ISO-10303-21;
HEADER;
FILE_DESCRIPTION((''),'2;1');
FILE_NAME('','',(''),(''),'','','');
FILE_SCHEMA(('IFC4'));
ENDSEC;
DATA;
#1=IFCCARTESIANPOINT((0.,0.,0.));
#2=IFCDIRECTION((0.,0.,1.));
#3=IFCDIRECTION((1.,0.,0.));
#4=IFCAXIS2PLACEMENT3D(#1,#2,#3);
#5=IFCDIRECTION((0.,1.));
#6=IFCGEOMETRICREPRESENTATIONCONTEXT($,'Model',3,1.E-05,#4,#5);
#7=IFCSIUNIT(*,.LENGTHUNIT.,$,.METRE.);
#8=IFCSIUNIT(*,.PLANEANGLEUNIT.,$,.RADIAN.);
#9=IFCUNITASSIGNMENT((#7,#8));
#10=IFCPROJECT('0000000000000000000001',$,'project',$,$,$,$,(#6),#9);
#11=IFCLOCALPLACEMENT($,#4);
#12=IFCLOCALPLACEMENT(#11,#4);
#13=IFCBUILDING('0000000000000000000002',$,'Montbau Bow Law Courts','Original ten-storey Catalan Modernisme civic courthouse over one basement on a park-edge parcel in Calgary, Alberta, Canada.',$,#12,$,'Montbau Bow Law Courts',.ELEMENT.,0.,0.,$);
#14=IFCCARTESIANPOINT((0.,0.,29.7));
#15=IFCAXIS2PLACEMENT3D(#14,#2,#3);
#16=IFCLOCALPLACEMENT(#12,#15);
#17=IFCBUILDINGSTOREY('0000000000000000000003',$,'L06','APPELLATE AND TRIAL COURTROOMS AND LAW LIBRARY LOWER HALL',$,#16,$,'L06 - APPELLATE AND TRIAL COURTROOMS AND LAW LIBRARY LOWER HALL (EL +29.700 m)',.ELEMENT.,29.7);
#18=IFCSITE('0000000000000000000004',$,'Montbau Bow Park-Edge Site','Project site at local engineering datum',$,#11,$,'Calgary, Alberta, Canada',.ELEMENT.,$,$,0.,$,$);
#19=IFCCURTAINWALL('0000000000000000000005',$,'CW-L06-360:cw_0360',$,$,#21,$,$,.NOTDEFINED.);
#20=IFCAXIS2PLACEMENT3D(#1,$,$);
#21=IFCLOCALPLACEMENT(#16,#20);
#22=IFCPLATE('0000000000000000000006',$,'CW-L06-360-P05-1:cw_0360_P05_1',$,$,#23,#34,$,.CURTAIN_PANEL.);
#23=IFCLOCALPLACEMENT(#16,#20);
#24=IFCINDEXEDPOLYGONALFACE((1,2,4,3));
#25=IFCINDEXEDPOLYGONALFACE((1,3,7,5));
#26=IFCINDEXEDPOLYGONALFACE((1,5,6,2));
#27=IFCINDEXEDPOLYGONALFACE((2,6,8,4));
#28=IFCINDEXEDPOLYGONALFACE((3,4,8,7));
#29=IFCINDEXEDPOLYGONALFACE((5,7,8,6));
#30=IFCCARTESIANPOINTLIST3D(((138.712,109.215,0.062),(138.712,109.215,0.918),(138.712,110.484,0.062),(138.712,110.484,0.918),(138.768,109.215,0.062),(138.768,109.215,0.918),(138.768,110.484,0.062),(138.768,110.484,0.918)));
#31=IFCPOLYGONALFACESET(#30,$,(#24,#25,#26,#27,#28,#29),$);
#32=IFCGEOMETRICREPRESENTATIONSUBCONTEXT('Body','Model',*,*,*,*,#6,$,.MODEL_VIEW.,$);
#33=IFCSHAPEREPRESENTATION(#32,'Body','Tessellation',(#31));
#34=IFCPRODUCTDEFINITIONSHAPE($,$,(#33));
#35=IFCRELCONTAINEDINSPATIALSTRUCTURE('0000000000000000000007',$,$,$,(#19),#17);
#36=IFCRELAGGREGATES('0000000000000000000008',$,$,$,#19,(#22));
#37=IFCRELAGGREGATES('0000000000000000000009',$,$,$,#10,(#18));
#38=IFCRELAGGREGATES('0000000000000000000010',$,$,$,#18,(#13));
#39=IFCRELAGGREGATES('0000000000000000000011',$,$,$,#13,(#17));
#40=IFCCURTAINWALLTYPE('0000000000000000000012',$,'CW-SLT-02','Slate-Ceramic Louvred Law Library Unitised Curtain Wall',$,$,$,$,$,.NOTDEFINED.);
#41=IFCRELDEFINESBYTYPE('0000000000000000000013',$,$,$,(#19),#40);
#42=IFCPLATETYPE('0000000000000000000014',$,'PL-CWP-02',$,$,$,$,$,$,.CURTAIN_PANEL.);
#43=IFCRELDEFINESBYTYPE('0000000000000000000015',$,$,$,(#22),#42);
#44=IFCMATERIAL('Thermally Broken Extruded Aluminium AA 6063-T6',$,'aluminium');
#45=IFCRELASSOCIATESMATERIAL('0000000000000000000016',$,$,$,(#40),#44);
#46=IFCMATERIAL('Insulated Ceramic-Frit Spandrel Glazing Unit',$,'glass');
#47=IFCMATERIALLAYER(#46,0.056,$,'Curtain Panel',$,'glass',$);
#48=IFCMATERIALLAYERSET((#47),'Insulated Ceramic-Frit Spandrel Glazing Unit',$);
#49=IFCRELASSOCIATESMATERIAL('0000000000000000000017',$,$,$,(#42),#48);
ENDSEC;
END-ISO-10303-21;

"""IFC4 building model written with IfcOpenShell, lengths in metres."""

from ifc_helpers import new_model, si_unit, direction, frame, frame_2d, origin_with_axes, place, context, subcontext, project, spatial, rectangle, extrude, material, layer, layer_set, type_object, element, aggregate, save


model = new_model("IFC4")

# Units and contexts
model_context = context("Model", 3, precision=1e-05, world=origin_with_axes(), true_north=direction((0.0, 1.0)))
body_context = subcontext(model_context, "Body", "Model", "MODEL_VIEW")
ifc_project = project(units=[si_unit("LENGTHUNIT", "METRE"), si_unit("PLANEANGLEUNIT", "RADIAN")], contexts=[model_context])

# Site, building, storey
site_placement = place(None, origin_with_axes())
site = spatial("IfcSite", under=ifc_project, at=site_placement, Name="Montbau Bow Park-Edge Site", Description="Project site at local engineering datum", LongName="Calgary, Alberta, Canada", CompositionType="ELEMENT", RefElevation=0.0)
building_placement = place(site_placement, origin_with_axes())
building = spatial("IfcBuilding", under=site, at=building_placement, Name="Montbau Bow Law Courts", Description="Original ten-storey Catalan Modernisme civic courthouse over one basement on a park-edge parcel in Calgary, Alberta, Canada.", LongName="Montbau Bow Law Courts", CompositionType="ELEMENT", ElevationOfRefHeight=0.0, ElevationOfTerrain=0.0)
storey_placement = place(building_placement, frame((0.0, 0.0, 29.7), z_axis=(0.0, 0.0, 1.0), x_axis=(1.0, 0.0, 0.0)))
storey = spatial("IfcBuildingStorey", under=building, at=storey_placement, Name="L06", Description="APPELLATE AND TRIAL COURTROOMS AND LAW LIBRARY LOWER HALL", LongName="L06 - APPELLATE AND TRIAL COURTROOMS AND LAW LIBRARY LOWER HALL (EL +29.700 m)", CompositionType="ELEMENT", Elevation=29.7)

# Curtain wall, plate
ifc_material_1 = material(Name="Thermally Broken Extruded Aluminium AA 6063-T6", Category="aluminium")
curtain_wall_type = type_object("IfcCurtainWallType", Name="CW-SLT-02", Description="Slate-Ceramic Louvred Law Library Unitised Curtain Wall", PredefinedType="NOTDEFINED", material=ifc_material_1)
curtain_wall_placement = place(None, frame((138.74, 103.64, 29.7), z_axis=(0.0, 0.0, 1.0), x_axis=(1.0, 0.0, 0.0)))
curtain_wall = element("IfcCurtainWall", 1, at=curtain_wall_placement, inside=storey, type_object=curtain_wall_type, Name="CW-L06-360:cw_0360", PredefinedType="NOTDEFINED")
ifc_material_2 = material(Name="Insulated Ceramic-Frit Spandrel Glazing Unit", Category="glass")
ifc_layer_1 = layer(ifc_material_2, 0.056, Name="Curtain Panel", Category="glass")
ifc_layer_set_1 = layer_set([ifc_layer_1], Name="Insulated Ceramic-Frit Spandrel Glazing Unit")
plate_type_1 = type_object("IfcPlateType", Name="PL-CWP-02", PredefinedType="CURTAIN_PANEL", material=ifc_layer_set_1)
plate_1_placement = place(None, frame((138.74, 109.215, 29.762), z_axis=(1.0, 0.0, 0.0), x_axis=(0.0, 1.0, 0.0)))
plate_1 = element("IfcPlate", 2, at=plate_1_placement, type_object=plate_type_1, Name="CW-L06-360-P05-1:cw_0360_P05_1", PredefinedType="CURTAIN_PANEL", context=body_context, shape_type="SweptSolid", body=[
    extrude(rectangle(XDim=1.269, YDim=0.856, at=frame_2d((0.6345, 0.428), x_axis=(1.0, 0.0))), frame((0.0, 0.0, -0.028), z_axis=(0.0, 0.0, 1.0), x_axis=(1.0, 0.0, 0.0)), (0.0, 0.0, 1.0), 0.056),
])
aggregate(curtain_wall, [plate_1])

save(model, "model.ifc")
